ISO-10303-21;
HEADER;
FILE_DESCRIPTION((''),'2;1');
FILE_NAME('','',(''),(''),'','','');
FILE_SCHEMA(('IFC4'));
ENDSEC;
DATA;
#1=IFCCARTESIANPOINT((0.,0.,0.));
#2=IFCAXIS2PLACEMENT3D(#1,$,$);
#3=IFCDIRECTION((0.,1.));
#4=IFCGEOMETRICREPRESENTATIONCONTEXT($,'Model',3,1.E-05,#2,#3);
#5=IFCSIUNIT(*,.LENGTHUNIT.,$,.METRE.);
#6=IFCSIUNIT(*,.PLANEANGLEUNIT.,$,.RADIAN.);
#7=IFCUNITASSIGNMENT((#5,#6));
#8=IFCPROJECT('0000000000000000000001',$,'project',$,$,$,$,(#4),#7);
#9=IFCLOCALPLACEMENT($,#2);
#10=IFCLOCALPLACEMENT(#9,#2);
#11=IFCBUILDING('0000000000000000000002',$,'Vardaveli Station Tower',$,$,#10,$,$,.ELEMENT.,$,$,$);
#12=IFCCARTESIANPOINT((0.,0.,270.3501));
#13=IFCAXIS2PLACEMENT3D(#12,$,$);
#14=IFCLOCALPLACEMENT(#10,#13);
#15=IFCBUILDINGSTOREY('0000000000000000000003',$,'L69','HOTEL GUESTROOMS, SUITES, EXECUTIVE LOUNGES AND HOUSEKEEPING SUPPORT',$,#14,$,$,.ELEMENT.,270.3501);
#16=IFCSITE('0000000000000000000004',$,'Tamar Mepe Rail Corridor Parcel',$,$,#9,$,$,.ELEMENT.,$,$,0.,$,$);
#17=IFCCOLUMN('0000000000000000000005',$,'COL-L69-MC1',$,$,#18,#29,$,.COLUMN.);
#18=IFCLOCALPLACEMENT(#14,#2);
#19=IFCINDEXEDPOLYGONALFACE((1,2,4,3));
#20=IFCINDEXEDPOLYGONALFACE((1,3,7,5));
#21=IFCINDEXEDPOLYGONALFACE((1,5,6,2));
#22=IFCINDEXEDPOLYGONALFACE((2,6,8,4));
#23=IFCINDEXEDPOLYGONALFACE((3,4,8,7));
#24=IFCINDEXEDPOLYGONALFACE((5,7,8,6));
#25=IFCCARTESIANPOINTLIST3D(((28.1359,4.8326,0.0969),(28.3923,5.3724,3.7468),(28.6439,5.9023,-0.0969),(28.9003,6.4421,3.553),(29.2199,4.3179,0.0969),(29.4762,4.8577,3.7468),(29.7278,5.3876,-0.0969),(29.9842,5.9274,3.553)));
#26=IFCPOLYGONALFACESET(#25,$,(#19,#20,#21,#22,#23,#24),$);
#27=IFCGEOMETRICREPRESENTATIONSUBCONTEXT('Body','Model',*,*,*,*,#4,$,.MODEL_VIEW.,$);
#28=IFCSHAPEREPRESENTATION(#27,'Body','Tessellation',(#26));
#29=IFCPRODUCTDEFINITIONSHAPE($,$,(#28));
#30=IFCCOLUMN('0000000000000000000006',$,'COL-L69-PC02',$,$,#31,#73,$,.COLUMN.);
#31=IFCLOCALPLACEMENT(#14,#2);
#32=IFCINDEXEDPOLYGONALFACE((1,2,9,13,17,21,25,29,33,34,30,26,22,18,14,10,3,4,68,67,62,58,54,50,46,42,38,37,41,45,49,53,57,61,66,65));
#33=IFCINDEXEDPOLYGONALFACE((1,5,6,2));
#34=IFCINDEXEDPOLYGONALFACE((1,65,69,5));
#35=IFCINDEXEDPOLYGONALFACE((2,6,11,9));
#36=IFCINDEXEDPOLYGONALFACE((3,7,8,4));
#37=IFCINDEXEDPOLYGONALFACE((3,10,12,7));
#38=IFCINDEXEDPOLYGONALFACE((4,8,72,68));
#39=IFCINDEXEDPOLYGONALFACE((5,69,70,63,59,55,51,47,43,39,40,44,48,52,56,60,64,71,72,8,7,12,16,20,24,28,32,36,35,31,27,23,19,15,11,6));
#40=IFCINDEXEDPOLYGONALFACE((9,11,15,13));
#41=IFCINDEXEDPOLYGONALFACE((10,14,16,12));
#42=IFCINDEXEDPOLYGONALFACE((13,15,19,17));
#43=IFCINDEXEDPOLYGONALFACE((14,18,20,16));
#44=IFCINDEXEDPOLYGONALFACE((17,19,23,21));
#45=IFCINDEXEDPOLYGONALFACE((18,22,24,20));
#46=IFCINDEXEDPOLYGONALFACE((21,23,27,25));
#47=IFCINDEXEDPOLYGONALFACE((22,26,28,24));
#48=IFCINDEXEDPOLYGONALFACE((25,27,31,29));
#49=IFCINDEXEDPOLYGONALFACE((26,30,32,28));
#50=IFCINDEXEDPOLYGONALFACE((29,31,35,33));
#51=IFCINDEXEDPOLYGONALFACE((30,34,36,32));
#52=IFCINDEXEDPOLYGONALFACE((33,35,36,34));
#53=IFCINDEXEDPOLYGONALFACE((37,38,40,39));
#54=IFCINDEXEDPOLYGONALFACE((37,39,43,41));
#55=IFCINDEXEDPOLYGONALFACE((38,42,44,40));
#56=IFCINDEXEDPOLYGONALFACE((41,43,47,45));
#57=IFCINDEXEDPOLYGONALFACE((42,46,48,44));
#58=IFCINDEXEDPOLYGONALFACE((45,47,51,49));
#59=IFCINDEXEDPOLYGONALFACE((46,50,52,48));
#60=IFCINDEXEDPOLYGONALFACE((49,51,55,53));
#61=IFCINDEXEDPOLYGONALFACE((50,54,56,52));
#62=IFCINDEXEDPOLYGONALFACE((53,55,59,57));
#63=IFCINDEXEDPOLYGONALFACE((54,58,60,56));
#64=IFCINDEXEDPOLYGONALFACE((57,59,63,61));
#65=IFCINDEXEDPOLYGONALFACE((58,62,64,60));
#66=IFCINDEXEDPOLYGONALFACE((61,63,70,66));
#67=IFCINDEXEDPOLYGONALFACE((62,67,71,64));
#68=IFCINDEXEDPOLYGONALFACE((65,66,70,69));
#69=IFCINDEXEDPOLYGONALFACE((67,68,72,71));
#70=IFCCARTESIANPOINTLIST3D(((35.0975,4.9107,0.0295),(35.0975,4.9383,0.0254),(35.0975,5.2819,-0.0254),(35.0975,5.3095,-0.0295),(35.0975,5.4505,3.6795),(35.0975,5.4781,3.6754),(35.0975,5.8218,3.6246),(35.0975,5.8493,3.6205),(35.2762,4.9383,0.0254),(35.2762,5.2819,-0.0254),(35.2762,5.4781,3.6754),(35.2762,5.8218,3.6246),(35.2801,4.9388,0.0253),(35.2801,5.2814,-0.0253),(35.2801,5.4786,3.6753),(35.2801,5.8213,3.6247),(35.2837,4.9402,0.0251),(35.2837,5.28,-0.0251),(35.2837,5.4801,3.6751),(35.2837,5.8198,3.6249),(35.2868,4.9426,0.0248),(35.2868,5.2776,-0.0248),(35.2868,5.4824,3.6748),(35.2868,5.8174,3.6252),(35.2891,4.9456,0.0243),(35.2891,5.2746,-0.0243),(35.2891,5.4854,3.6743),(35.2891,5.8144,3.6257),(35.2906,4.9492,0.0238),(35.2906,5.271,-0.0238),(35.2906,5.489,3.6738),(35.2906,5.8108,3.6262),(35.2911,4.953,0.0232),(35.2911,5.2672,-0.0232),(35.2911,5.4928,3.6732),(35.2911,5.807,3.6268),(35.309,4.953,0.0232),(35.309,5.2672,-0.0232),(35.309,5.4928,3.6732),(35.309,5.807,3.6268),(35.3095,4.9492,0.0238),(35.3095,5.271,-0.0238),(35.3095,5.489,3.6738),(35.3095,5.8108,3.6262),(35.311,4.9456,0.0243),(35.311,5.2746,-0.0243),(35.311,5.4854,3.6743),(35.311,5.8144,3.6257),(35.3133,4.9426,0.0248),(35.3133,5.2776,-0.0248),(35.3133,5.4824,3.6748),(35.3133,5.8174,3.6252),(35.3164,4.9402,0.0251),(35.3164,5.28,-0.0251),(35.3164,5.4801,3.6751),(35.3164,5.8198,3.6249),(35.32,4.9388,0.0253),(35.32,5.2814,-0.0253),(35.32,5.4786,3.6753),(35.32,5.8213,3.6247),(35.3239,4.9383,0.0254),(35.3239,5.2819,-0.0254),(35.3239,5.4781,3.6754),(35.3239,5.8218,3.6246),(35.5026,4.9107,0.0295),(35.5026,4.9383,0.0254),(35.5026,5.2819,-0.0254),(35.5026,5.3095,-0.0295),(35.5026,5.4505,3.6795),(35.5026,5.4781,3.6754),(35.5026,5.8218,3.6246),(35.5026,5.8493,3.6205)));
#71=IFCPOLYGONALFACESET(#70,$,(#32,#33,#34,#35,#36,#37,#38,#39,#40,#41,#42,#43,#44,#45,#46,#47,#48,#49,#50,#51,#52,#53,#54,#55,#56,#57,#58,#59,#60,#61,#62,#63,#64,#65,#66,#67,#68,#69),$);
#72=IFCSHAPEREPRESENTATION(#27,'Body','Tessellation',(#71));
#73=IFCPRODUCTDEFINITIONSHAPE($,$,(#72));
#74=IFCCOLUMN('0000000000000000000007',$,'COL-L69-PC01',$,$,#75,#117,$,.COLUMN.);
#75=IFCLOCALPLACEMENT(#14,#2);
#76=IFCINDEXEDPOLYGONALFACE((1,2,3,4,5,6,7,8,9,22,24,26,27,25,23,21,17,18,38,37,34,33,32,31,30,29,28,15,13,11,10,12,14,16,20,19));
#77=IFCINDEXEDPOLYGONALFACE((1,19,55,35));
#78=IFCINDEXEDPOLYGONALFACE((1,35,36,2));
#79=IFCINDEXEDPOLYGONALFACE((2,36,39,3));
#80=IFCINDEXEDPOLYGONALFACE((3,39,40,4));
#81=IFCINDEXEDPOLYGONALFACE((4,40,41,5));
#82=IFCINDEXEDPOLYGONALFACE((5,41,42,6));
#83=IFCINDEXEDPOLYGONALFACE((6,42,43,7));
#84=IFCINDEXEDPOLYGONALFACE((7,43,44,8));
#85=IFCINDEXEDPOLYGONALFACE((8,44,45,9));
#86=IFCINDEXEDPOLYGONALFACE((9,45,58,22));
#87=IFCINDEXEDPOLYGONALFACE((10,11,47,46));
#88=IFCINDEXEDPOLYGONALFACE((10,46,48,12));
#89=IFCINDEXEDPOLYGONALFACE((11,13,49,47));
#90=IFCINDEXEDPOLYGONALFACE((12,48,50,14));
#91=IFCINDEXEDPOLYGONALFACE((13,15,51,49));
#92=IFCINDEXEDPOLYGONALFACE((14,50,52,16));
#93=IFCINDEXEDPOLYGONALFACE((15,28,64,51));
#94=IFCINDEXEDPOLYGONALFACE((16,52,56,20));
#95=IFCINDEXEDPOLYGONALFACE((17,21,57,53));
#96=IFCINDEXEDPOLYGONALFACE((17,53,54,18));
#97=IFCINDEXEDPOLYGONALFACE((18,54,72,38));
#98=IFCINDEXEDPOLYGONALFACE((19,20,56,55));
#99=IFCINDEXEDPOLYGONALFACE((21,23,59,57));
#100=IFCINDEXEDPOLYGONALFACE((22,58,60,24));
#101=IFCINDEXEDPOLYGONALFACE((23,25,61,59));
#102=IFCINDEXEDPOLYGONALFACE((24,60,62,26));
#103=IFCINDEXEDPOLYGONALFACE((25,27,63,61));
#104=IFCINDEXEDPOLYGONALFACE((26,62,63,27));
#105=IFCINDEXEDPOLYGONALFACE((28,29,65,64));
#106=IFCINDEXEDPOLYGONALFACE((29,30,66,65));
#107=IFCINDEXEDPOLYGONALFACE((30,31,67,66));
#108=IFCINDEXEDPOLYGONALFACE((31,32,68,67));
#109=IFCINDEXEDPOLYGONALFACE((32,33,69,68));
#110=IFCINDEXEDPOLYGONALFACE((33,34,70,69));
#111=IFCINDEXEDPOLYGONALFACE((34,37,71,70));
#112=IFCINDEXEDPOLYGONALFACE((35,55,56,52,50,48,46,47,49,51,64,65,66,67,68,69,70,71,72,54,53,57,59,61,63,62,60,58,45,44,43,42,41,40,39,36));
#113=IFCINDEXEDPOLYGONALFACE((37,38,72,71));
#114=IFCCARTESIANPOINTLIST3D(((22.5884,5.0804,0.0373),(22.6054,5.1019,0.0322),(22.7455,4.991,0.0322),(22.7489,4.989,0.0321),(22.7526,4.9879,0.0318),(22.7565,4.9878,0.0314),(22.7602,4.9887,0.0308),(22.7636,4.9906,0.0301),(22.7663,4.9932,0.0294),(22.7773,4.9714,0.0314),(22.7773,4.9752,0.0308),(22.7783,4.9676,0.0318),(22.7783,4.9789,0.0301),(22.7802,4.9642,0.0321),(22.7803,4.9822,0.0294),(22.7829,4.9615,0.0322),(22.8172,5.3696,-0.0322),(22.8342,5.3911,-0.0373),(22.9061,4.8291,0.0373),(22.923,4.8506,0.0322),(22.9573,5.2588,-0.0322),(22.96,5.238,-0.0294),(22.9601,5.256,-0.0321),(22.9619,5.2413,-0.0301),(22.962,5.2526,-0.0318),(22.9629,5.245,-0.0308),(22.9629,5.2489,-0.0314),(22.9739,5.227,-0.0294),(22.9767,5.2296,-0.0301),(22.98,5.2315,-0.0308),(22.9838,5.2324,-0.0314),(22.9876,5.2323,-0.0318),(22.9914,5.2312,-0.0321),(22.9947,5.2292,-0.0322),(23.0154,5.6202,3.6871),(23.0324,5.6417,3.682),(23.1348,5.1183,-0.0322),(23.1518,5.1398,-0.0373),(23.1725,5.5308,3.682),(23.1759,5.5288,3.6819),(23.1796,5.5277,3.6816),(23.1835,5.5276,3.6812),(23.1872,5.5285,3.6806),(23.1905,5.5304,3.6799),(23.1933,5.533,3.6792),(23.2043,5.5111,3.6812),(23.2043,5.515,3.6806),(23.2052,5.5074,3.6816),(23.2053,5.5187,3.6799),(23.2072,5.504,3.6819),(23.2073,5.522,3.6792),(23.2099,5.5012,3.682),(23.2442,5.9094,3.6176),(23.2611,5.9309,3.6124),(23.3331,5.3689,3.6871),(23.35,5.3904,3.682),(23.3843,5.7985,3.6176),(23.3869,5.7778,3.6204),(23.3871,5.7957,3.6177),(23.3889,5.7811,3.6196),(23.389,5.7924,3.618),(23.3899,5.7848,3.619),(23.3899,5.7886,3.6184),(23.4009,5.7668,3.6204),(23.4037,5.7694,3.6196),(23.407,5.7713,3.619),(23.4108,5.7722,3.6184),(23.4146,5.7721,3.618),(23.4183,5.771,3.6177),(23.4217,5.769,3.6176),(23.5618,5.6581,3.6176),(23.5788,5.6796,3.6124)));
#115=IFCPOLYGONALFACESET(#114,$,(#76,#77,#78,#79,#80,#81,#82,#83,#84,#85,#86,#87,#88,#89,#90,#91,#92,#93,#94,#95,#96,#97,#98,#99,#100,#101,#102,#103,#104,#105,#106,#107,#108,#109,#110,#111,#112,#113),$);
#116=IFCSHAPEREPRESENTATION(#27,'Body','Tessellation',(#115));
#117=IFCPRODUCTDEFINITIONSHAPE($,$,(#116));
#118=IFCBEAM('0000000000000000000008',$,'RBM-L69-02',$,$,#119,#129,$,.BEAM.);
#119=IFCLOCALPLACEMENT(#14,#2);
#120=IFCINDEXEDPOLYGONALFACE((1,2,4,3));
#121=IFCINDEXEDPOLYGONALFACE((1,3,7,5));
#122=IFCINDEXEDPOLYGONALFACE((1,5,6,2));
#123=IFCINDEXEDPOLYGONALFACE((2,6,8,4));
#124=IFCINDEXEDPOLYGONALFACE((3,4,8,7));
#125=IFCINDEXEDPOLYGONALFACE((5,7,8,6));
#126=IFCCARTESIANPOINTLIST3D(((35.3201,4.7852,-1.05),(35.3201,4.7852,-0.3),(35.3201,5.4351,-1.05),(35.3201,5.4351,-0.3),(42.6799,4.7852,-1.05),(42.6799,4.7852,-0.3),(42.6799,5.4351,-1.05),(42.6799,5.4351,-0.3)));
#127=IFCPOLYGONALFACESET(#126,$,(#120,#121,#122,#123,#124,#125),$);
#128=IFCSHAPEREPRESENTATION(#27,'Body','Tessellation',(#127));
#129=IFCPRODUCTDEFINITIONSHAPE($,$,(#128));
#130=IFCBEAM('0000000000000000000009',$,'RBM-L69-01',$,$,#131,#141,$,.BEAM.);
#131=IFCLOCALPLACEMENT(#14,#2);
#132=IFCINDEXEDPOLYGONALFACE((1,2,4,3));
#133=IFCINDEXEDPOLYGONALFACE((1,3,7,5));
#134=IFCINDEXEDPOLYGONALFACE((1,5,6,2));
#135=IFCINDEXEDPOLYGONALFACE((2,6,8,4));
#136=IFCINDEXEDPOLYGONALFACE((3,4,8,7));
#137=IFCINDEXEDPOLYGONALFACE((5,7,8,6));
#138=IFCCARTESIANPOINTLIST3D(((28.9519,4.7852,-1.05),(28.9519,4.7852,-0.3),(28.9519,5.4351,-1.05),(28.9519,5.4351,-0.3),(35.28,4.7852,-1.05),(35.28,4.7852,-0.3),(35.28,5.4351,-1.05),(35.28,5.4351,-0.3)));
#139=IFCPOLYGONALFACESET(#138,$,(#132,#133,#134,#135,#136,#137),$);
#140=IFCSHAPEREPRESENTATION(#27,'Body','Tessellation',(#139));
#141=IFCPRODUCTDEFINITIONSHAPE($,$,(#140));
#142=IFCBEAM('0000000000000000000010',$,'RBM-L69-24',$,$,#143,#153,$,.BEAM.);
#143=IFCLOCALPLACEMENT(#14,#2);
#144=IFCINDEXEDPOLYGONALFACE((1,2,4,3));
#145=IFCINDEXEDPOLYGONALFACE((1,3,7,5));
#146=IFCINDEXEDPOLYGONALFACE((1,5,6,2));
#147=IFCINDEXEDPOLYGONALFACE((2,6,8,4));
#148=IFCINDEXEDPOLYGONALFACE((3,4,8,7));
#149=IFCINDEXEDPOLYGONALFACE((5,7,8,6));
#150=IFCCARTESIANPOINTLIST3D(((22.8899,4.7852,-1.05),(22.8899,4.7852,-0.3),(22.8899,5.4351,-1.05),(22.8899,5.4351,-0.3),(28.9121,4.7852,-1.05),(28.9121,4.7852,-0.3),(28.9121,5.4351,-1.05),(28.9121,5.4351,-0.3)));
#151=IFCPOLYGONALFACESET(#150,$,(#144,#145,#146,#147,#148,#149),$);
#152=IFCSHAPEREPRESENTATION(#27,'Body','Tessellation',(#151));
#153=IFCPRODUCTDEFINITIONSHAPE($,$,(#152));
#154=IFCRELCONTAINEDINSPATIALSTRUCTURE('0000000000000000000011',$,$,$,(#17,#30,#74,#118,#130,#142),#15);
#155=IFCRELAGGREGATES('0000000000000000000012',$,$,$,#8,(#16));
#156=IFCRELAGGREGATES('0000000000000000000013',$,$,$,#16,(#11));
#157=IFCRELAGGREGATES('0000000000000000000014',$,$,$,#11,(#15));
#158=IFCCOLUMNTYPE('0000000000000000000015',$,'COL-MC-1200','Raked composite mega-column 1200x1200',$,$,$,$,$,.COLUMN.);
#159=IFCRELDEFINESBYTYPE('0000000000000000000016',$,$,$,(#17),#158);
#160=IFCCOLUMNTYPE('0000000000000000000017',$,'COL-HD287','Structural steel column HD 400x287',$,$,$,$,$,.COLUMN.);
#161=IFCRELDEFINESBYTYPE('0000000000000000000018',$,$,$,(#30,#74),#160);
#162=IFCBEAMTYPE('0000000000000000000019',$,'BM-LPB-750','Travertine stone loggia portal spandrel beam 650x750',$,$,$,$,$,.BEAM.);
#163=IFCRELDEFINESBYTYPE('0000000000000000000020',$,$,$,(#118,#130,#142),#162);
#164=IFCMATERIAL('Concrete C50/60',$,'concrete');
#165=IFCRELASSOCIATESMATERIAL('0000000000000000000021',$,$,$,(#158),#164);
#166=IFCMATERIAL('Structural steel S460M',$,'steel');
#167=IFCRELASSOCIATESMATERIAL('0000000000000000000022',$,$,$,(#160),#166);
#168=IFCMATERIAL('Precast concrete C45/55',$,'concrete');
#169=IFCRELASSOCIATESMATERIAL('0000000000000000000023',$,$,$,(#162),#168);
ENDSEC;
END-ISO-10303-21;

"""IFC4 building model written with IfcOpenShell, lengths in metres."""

from ifc_helpers import new_model, si_unit, direction, frame, origin, origin_2d, place, context, subcontext, project, spatial, rectangle, i_section, extrude, source, transform, mapped, material, material_profile, profile_set, type_object, element, save


model = new_model("IFC4")

# Units and contexts
model_context = context("Model", 3, precision=1e-05, world=origin(), true_north=direction((0.0, 1.0)))
body_context = subcontext(model_context, "Body", "Model", "MODEL_VIEW")
ifc_project = project(units=[si_unit("LENGTHUNIT", "METRE"), si_unit("PLANEANGLEUNIT", "RADIAN")], contexts=[model_context])

# Site, building, storey
site_placement = place(None, origin())
site = spatial("IfcSite", under=ifc_project, at=site_placement, Name="Tamar Mepe Rail Corridor Parcel", CompositionType="ELEMENT", RefElevation=0.0)
building_placement = place(site_placement, origin())
building = spatial("IfcBuilding", under=site, at=building_placement, Name="Vardaveli Station Tower", CompositionType="ELEMENT")
storey_placement = place(building_placement, frame((0.0, 0.0, 270.3501)))
storey = spatial("IfcBuildingStorey", under=building, at=storey_placement, Name="L69", Description="HOTEL GUESTROOMS, SUITES, EXECUTIVE LOUNGES AND HOUSEKEEPING SUPPORT", CompositionType="ELEMENT", Elevation=270.3501)

# Columns
ifc_material_1 = material(Name="Concrete C50/60", Category="concrete")
ifc_material_profile_1 = material_profile(ifc_material_1, rectangle(XDim=1.2, YDim=1.2, at=origin_2d()), Name="MC 1200x1200")
ifc_profile_set_1 = profile_set([ifc_material_profile_1], Name="Concrete C50/60")
column_type_1 = type_object("IfcColumnType", Name="COL-MC-1200", Description="Raked composite mega-column 1200x1200", PredefinedType="COLUMN", material=ifc_profile_set_1)
shared_shape_1 = source(origin(), body_context, "Body", "SweptSolid", [
    extrude(rectangle(XDim=1.2, YDim=1.2, at=origin_2d()), origin(), (0.0, 0.0, 1.0), 3.6985),
])
column_1_placement = place(storey_placement, frame((28.9319, 5.1101, 0.0), z_axis=(0.069311, 0.14595, 0.986861), x_axis=(-0.903313, 0.428982, 0.0)))
element("IfcColumn", 1, at=column_1_placement, inside=storey, type_object=column_type_1, Name="COL-L69-MC1", PredefinedType="COLUMN", context=body_context, shape_type="MappedRepresentation", body=[
    mapped(shared_shape_1, transform((0.0, 0.0, 0.0), scale=1.0)),
])
ifc_material_2 = material(Name="Structural steel S460M", Category="steel")
ifc_material_profile_2 = material_profile(ifc_material_2, i_section(OverallWidth=0.405, OverallDepth=0.4031, WebThickness=0.0178, FlangeThickness=0.0278, FilletRadius=0.0149, at=origin_2d()), Name="HD 400x287")
ifc_profile_set_2 = profile_set([ifc_material_profile_2], Name="Structural steel S460M")
column_type_2 = type_object("IfcColumnType", Name="COL-HD287", Description="Structural steel column HD 400x287", PredefinedType="COLUMN", material=ifc_profile_set_2)
shared_shape_2 = source(origin(), body_context, "Body", "SweptSolid", [
    extrude(i_section(OverallWidth=0.405, OverallDepth=0.4031, WebThickness=0.0178, FlangeThickness=0.0278, FilletRadius=0.0149, at=origin_2d()), origin(), (0.0, 0.0, 1.0), 3.6897),
])
column_2_placement = place(storey_placement, frame((35.3, 5.1101, 0.0), z_axis=(0.0, 0.146302, 0.98924), x_axis=(-1.0, 0.0, 0.0)))
element("IfcColumn", 2, at=column_2_placement, inside=storey, type_object=column_type_2, Name="COL-L69-PC02", PredefinedType="COLUMN", context=body_context, shape_type="MappedRepresentation", body=[
    mapped(shared_shape_2, transform((0.0, 0.0, 0.0), scale=1.0)),
])
shared_shape_3 = source(origin(), body_context, "Body", "SweptSolid", [
    extrude(i_section(OverallWidth=0.405, OverallDepth=0.4031, WebThickness=0.0178, FlangeThickness=0.0278, FilletRadius=0.0149, at=origin_2d()), origin(), (0.0, 0.0, 1.0), 3.7141),
])
column_3_placement = place(storey_placement, frame((22.8701, 5.1101, 0.0), z_axis=(0.114964, 0.145332, 0.982681), x_axis=(-0.784283, 0.620403, 0.0)))
element("IfcColumn", 3, at=column_3_placement, inside=storey, type_object=column_type_2, Name="COL-L69-PC01", PredefinedType="COLUMN", context=body_context, shape_type="MappedRepresentation", body=[
    mapped(shared_shape_3, transform((0.0, 0.0, 0.0), scale=1.0)),
])

# Beams
ifc_material_3 = material(Name="Precast concrete C45/55", Category="concrete")
ifc_material_profile_3 = material_profile(ifc_material_3, rectangle(XDim=0.6499, YDim=0.75, at=origin_2d()), Name="LPB 650x750")
ifc_profile_set_3 = profile_set([ifc_material_profile_3], Name="Precast concrete C45/55")
beam_type_1 = type_object("IfcBeamType", Name="BM-LPB-750", Description="Travertine stone loggia portal spandrel beam 650x750", PredefinedType="BEAM", material=ifc_profile_set_3)
shared_shape_4 = source(origin(), body_context, "Body", "SweptSolid", [
    extrude(rectangle(XDim=0.6499, YDim=0.75, at=origin_2d()), origin(), (0.0, 0.0, 1.0), 7.3599),
])
beam_1_placement = place(storey_placement, frame((35.3201, 5.1101, -0.675), z_axis=(1.0, 0.0, 0.0), x_axis=(0.0, 1.0, 0.0)))
element("IfcBeam", 4, at=beam_1_placement, inside=storey, type_object=beam_type_1, Name="RBM-L69-02", PredefinedType="BEAM", context=body_context, shape_type="MappedRepresentation", body=[
    mapped(shared_shape_4, transform((0.0, 0.0, 0.0), scale=1.0)),
])
shared_shape_5 = source(origin(), body_context, "Body", "SweptSolid", [
    extrude(rectangle(XDim=0.6499, YDim=0.75, at=origin_2d()), origin(), (0.0, 0.0, 1.0), 6.3281),
])
beam_2_placement = place(storey_placement, frame((28.9519, 5.1101, -0.675), z_axis=(1.0, 0.0, 0.0), x_axis=(0.0, 1.0, 0.0)))
element("IfcBeam", 5, at=beam_2_placement, inside=storey, type_object=beam_type_1, Name="RBM-L69-01", PredefinedType="BEAM", context=body_context, shape_type="MappedRepresentation", body=[
    mapped(shared_shape_5, transform((0.0, 0.0, 0.0), scale=1.0)),
])
shared_shape_6 = source(origin(), body_context, "Body", "SweptSolid", [
    extrude(rectangle(XDim=0.6499, YDim=0.75, at=origin_2d()), origin(), (0.0, 0.0, 1.0), 6.0222),
])
beam_3_placement = place(storey_placement, frame((22.8899, 5.1101, -0.675), z_axis=(1.0, 0.0, 0.0), x_axis=(0.0, 1.0, 0.0)))
element("IfcBeam", 6, at=beam_3_placement, inside=storey, type_object=beam_type_1, Name="RBM-L69-24", PredefinedType="BEAM", context=body_context, shape_type="MappedRepresentation", body=[
    mapped(shared_shape_6, transform((0.0, 0.0, 0.0), scale=1.0)),
])

save(model, "model.ifc")
